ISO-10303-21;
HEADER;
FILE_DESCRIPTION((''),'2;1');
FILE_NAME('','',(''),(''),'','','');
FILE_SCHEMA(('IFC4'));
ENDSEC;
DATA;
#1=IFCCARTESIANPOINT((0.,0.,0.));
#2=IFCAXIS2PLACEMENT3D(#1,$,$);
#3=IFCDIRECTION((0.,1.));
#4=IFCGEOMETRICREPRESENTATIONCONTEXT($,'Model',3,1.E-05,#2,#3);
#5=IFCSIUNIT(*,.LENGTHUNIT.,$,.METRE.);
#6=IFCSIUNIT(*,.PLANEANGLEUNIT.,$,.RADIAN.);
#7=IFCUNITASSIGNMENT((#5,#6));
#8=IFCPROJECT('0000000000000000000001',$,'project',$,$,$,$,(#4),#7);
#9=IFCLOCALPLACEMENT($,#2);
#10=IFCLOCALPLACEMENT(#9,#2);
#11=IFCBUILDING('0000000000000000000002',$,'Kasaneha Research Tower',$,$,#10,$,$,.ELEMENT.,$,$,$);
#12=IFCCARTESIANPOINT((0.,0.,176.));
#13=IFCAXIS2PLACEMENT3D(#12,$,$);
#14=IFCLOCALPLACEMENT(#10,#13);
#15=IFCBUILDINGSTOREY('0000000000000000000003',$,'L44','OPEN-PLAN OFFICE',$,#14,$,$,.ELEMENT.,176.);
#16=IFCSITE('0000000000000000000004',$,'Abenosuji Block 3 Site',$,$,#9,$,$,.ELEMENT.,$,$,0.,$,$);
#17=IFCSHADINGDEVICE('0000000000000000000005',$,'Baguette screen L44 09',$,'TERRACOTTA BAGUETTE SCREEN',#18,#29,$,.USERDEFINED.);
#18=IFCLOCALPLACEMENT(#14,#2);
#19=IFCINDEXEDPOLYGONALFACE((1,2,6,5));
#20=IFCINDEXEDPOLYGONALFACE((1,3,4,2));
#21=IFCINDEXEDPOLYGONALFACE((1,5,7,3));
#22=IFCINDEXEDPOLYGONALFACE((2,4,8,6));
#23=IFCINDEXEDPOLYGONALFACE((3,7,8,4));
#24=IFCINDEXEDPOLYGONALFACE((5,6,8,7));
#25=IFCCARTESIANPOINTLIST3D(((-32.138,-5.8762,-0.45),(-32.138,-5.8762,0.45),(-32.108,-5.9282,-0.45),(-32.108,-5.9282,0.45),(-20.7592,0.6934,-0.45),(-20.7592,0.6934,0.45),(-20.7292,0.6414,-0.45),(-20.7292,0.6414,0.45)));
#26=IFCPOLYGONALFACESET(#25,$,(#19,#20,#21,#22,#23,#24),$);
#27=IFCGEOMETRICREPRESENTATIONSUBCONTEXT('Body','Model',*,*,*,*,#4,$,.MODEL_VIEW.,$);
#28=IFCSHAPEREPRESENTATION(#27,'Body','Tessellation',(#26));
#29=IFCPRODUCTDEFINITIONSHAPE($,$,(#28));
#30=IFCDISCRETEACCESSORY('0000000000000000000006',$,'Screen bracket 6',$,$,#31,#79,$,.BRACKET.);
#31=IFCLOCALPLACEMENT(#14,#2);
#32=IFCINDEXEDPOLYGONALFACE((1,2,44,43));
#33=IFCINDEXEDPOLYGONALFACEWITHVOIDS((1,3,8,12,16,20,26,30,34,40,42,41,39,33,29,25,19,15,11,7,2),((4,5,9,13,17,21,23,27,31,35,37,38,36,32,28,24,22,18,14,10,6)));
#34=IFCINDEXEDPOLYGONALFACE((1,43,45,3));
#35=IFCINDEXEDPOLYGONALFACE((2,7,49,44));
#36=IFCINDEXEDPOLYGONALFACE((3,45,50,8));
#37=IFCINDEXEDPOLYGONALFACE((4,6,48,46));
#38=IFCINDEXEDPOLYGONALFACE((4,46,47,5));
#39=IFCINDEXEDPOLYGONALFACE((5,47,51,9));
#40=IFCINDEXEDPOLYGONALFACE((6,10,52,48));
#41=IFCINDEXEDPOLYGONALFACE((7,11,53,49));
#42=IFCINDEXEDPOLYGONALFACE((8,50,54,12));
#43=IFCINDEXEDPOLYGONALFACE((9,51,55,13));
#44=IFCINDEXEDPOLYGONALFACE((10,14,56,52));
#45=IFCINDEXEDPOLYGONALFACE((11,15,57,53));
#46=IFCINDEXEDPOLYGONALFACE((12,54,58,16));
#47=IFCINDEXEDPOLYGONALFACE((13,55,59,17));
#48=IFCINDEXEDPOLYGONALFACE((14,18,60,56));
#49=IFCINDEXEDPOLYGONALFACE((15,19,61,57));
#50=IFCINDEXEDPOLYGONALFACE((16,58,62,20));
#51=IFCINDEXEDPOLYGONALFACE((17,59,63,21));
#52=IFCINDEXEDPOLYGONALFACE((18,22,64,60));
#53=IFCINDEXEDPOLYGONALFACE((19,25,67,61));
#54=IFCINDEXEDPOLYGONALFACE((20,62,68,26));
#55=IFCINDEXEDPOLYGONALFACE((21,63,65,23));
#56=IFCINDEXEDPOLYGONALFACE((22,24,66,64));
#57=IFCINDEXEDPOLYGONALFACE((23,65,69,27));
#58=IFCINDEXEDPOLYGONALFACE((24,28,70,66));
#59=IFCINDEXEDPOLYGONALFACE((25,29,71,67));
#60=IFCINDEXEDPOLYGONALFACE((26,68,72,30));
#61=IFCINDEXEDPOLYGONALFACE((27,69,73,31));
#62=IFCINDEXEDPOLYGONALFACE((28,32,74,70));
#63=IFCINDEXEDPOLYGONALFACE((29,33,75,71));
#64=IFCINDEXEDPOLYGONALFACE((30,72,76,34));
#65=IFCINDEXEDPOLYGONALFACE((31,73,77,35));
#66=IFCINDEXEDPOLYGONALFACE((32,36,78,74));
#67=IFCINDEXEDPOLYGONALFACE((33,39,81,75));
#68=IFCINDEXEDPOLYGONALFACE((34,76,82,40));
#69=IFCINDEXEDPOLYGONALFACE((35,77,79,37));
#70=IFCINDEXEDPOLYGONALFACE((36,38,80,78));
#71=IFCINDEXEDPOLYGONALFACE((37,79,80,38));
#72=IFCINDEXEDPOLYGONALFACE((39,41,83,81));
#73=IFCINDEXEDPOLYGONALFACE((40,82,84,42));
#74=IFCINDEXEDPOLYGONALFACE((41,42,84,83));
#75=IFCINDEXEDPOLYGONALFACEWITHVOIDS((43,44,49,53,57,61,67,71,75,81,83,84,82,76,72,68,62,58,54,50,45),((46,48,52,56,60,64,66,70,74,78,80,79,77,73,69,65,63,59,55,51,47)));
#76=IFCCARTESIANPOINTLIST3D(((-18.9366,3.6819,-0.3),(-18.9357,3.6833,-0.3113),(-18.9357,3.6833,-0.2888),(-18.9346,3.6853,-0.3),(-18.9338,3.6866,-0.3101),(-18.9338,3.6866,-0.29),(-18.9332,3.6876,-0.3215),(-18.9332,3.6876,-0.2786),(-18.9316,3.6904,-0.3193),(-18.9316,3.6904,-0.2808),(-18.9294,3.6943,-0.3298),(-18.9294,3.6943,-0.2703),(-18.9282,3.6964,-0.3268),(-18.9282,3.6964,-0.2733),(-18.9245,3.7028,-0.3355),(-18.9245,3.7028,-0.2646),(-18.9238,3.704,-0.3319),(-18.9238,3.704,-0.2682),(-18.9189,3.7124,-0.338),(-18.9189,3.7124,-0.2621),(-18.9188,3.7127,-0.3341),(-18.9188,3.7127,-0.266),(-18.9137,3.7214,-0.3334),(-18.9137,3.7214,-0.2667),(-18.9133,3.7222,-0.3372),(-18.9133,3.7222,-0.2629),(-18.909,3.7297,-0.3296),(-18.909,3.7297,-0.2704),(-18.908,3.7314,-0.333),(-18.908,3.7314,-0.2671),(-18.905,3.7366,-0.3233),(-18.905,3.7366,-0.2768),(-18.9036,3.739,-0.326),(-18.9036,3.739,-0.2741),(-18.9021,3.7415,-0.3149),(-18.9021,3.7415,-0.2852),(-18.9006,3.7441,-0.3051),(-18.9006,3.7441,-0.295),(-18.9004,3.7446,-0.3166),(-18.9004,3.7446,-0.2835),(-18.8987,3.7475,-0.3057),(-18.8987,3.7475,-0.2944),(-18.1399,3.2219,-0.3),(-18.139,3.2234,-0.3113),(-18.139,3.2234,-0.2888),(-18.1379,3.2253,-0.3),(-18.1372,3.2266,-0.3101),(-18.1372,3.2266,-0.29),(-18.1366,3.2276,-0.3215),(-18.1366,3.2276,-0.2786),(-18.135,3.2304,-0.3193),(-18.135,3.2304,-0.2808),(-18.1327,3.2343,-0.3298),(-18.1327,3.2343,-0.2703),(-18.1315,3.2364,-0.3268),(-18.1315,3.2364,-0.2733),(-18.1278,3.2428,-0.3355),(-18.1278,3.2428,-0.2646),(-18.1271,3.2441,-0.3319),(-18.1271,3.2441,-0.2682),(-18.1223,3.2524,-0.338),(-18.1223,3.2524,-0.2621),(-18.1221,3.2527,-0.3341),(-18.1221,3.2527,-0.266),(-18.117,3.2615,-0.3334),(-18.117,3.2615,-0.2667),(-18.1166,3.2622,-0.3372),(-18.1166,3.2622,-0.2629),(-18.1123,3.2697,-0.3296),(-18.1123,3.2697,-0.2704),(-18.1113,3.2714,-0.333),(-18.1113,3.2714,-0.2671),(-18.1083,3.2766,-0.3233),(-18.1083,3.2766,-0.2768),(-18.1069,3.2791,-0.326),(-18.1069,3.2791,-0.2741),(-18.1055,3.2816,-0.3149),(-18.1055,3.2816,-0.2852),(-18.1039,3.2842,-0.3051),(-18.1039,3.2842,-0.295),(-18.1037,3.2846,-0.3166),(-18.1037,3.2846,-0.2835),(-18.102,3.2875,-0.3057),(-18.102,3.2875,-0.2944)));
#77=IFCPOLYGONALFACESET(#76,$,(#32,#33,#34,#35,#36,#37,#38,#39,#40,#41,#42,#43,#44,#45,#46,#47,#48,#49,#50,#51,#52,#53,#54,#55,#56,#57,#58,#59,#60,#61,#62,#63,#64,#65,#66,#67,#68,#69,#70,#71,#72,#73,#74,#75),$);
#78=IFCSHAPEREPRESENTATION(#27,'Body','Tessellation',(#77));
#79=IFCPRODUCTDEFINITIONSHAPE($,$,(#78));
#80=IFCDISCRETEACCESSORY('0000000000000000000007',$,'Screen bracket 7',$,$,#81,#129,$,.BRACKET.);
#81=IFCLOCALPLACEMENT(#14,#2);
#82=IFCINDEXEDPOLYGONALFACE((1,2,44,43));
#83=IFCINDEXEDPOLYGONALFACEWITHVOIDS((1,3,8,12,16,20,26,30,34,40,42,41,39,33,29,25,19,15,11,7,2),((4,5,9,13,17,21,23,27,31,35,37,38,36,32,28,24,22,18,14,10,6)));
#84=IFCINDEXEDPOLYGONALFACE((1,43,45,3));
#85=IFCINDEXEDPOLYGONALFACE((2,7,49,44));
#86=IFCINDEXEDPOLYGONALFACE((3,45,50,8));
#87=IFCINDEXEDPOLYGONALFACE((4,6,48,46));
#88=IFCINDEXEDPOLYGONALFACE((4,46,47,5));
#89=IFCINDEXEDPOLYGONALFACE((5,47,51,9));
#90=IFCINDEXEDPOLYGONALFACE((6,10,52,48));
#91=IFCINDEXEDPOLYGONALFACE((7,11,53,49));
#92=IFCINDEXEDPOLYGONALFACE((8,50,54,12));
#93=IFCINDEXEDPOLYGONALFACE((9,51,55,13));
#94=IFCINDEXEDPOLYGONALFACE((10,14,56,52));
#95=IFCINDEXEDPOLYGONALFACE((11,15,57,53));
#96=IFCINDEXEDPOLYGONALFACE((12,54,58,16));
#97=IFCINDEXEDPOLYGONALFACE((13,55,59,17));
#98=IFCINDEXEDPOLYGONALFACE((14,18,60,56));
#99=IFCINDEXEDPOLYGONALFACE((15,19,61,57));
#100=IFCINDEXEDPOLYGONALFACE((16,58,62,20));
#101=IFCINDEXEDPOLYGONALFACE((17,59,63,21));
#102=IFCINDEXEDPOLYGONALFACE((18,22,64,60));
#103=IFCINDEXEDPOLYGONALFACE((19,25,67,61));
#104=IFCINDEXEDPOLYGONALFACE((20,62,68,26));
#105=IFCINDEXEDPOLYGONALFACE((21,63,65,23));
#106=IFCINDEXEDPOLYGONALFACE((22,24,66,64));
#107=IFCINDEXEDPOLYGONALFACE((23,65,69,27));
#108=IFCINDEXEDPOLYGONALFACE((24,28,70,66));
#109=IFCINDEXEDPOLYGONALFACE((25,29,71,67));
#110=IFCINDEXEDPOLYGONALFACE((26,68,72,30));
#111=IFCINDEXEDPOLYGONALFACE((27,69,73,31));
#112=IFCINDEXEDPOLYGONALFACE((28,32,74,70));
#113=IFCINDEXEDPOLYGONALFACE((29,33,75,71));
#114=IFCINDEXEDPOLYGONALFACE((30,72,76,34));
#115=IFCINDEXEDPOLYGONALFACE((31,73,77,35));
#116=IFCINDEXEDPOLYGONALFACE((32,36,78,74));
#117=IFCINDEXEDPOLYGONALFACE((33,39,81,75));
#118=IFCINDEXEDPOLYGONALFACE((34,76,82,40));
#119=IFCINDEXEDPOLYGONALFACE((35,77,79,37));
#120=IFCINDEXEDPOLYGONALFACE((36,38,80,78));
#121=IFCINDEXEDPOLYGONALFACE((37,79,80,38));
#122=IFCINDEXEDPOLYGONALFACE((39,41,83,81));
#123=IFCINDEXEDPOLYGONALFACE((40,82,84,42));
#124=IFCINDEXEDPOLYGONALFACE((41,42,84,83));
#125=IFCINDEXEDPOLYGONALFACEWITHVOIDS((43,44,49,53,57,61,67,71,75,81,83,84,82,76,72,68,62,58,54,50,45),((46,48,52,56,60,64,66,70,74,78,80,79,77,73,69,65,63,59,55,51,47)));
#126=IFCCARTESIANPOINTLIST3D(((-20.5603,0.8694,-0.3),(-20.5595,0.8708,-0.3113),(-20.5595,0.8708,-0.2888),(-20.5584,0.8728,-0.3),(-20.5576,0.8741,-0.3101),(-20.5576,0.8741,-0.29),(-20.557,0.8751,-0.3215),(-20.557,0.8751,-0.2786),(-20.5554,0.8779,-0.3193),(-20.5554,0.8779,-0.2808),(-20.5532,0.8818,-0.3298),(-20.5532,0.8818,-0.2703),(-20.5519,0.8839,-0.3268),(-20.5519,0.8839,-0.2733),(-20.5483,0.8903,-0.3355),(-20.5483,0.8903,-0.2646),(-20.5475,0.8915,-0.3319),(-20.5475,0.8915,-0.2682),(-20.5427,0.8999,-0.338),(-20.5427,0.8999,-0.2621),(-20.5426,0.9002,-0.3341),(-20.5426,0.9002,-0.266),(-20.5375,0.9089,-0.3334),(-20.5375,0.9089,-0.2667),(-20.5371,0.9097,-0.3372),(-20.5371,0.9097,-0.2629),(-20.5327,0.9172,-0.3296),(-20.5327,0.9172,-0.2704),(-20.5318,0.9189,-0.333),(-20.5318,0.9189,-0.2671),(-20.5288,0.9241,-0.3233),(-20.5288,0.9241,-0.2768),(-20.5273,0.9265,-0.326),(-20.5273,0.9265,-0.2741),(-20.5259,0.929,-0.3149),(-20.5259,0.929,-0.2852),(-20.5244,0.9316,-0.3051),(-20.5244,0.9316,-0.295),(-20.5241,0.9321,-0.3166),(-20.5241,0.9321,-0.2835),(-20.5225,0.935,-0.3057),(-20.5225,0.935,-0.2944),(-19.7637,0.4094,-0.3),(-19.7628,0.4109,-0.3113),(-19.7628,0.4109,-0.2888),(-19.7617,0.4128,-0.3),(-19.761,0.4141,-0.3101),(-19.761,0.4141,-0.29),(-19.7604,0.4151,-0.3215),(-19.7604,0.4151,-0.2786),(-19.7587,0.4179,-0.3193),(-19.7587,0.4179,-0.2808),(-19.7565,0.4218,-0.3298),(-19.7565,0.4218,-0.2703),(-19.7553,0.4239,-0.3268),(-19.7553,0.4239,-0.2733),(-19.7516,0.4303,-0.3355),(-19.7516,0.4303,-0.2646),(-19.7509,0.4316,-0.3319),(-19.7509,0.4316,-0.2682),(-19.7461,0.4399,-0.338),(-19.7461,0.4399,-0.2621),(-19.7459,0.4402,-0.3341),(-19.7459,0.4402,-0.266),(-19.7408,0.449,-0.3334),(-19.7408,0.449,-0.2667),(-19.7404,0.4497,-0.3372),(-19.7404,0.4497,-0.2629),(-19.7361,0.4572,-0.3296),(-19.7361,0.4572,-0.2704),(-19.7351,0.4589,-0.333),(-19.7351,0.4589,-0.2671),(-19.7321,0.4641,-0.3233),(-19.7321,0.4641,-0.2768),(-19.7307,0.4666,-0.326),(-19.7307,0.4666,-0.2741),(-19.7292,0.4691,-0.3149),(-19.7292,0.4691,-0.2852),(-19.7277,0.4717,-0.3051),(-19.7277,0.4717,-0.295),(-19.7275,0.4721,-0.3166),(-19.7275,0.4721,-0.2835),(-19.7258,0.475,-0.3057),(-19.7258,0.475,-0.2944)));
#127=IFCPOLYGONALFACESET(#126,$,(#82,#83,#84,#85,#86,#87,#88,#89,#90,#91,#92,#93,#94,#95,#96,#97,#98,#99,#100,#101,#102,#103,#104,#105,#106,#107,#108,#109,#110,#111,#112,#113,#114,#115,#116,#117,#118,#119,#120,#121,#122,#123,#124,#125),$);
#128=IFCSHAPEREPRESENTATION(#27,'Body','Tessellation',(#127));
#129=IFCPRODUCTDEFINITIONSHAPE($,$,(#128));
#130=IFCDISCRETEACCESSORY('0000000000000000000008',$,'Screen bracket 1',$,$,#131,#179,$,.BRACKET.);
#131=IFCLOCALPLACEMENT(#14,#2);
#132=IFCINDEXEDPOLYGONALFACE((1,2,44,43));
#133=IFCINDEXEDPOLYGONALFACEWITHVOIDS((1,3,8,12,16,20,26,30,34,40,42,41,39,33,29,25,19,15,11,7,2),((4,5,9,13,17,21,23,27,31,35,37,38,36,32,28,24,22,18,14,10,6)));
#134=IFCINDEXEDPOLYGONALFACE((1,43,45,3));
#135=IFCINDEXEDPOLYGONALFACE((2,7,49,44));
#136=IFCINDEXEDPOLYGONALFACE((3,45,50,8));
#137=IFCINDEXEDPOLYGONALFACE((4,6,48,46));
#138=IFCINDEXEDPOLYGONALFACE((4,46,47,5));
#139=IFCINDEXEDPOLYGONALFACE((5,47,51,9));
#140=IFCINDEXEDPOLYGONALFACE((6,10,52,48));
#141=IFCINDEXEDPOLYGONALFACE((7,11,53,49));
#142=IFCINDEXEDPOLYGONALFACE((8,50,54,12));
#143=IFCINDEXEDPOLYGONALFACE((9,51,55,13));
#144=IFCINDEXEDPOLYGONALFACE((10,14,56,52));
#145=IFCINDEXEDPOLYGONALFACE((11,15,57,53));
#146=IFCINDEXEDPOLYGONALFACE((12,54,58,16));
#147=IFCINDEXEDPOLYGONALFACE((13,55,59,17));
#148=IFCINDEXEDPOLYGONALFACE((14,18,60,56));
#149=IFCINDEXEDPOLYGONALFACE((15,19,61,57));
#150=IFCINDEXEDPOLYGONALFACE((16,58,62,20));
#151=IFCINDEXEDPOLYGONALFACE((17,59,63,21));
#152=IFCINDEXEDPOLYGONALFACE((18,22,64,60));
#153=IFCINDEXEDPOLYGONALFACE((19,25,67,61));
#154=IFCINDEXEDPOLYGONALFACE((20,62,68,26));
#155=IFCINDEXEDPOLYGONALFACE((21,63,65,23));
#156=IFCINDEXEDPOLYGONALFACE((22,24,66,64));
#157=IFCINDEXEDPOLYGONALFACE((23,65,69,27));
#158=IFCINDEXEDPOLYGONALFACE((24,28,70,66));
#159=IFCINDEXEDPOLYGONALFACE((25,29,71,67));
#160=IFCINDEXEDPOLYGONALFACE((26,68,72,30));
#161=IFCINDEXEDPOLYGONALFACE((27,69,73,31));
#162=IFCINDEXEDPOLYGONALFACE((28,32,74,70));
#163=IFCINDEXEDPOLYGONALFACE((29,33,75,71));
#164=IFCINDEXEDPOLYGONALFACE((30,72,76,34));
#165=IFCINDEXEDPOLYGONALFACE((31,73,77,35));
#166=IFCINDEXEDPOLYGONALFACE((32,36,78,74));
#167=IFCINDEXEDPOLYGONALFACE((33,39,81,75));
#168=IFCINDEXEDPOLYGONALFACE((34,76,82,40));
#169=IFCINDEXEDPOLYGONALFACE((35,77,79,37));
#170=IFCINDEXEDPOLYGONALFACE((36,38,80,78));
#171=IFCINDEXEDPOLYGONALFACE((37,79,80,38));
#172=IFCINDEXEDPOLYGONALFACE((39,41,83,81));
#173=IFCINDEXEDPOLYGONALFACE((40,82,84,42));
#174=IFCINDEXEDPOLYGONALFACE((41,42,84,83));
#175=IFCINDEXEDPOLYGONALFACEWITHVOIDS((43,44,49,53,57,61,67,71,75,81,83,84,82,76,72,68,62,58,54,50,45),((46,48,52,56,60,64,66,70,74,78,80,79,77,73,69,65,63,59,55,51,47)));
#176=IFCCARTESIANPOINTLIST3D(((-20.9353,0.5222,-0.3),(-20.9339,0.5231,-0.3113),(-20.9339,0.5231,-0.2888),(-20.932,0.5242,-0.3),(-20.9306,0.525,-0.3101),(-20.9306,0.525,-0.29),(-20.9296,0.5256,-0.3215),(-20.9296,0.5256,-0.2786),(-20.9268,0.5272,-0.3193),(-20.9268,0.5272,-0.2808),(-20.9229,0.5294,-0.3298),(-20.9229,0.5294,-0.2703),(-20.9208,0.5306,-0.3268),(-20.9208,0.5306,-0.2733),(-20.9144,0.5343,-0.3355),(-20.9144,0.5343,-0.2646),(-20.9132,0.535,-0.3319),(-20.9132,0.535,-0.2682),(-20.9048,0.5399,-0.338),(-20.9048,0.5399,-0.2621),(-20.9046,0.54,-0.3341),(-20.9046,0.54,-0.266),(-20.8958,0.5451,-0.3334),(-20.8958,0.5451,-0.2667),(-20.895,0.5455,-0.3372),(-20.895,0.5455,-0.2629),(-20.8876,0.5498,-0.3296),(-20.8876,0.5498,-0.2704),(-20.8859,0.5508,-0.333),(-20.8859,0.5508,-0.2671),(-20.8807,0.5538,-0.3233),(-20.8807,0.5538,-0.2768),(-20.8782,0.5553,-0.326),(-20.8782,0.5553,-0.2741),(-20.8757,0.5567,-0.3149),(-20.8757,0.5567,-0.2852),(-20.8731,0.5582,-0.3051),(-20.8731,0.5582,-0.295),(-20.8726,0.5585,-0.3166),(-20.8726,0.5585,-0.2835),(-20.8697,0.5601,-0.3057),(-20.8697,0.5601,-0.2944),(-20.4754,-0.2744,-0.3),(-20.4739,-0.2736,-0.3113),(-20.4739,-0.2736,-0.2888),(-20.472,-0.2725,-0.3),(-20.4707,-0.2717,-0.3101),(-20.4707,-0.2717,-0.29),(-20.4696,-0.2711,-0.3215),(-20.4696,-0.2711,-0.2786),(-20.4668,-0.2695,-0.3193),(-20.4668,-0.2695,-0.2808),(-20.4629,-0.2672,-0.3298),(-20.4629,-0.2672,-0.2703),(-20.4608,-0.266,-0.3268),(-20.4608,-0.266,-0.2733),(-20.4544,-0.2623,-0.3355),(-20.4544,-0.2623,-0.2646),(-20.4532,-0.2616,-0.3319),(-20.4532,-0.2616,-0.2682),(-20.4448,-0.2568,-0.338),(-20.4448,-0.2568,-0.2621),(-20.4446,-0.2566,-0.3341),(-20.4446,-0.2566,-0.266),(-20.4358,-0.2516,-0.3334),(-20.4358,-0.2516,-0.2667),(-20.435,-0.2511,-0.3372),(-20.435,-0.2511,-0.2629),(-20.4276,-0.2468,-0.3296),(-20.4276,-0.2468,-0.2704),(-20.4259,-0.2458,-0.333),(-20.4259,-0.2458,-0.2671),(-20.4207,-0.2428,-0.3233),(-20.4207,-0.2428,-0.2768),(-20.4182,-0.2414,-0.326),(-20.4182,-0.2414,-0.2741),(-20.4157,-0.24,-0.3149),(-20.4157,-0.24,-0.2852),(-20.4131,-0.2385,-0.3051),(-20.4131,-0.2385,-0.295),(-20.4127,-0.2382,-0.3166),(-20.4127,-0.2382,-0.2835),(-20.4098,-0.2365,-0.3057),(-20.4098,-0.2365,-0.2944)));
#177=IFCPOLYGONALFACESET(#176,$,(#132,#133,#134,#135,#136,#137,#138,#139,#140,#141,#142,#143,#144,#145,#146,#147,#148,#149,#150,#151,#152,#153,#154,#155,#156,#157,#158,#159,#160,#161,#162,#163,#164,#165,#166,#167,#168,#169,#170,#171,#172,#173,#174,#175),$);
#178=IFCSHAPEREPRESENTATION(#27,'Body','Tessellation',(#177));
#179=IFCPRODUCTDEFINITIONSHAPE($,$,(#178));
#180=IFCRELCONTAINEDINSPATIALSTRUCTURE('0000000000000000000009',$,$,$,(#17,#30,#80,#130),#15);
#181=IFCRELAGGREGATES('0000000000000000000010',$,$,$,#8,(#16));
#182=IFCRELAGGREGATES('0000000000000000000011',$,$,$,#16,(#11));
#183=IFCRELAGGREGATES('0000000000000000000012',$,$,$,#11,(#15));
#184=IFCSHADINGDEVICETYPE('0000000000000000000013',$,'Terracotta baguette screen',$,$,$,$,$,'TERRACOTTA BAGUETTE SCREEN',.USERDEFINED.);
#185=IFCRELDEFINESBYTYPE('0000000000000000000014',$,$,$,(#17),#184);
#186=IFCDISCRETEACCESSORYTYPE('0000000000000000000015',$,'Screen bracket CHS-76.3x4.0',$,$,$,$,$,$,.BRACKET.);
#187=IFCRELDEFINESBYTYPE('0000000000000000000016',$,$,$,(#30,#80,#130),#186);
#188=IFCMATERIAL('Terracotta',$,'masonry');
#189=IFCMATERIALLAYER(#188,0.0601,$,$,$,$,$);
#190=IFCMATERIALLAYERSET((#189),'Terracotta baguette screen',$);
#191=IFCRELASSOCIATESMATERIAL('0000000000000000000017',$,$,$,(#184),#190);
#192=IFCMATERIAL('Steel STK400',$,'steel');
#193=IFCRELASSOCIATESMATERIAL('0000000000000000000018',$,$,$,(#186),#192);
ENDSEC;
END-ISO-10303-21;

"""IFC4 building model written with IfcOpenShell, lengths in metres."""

from ifc_helpers import new_model, si_unit, direction, frame, origin, origin_2d, place, context, subcontext, project, spatial, rectangle, hollow_circle, extrude, material, layer, layer_set, material_profile, profile_set, type_object, element, save


model = new_model("IFC4")

# Units and contexts
model_context = context("Model", 3, precision=1e-05, world=origin(), true_north=direction((0.0, 1.0)))
body_context = subcontext(model_context, "Body", "Model", "MODEL_VIEW")
ifc_project = project(units=[si_unit("LENGTHUNIT", "METRE"), si_unit("PLANEANGLEUNIT", "RADIAN")], contexts=[model_context])

# Site, building, storey
site_placement = place(None, origin())
site = spatial("IfcSite", under=ifc_project, at=site_placement, Name="Abenosuji Block 3 Site", CompositionType="ELEMENT", RefElevation=0.0)
building_placement = place(site_placement, origin())
building = spatial("IfcBuilding", under=site, at=building_placement, Name="Kasaneha Research Tower", CompositionType="ELEMENT")
storey_placement = place(building_placement, frame((0.0, 0.0, 176.0)))
storey = spatial("IfcBuildingStorey", under=building, at=storey_placement, Name="L44", Description="OPEN-PLAN OFFICE", CompositionType="ELEMENT", Elevation=176.0)

# Shading device
ifc_material_1 = material(Name="Terracotta", Category="masonry")
ifc_layer_1 = layer(ifc_material_1, 0.0601)
ifc_layer_set_1 = layer_set([ifc_layer_1], Name="Terracotta baguette screen")
shading_device_type = type_object("IfcShadingDeviceType", Name="Terracotta baguette screen", ElementType="TERRACOTTA BAGUETTE SCREEN", PredefinedType="USERDEFINED", material=ifc_layer_set_1)
shading_device_placement = place(storey_placement, frame((-26.4336, -2.6174, -0.45), z_axis=(0.0, 0.0, 1.0), x_axis=(-0.866025, -0.5, 0.0)))
element("IfcShadingDevice", 1, at=shading_device_placement, inside=storey, type_object=shading_device_type, Name="Baguette screen L44 09", ObjectType="TERRACOTTA BAGUETTE SCREEN", PredefinedType="USERDEFINED", context=body_context, shape_type="SweptSolid", body=[
    extrude(rectangle(XDim=13.1392, YDim=0.0601, at=origin_2d()), origin(), (0.0, 0.0, 1.0), 0.8999),
])

# Discrete accessories
ifc_material_2 = material(Name="Steel STK400", Category="steel")
ifc_material_profile_1 = material_profile(ifc_material_2, hollow_circle(Radius=0.0381, WallThickness=0.0039, at=origin_2d()), Name="CHS-76.3x4.0")
ifc_profile_set_1 = profile_set([ifc_material_profile_1], Name="Steel STK400")
discrete_accessory_type = type_object("IfcDiscreteAccessoryType", Name="Screen bracket CHS-76.3x4.0", PredefinedType="BRACKET", material=ifc_profile_set_1)
for number, where, z_axis, x_axis, name in (
    (2, (-18.1208, 3.2549, -0.3), (-0.866013, 0.500021, 0.0), (-0.500021, -0.866013, 0.0), "Screen bracket 6"),
    (3, (-19.7446, 0.4424, -0.3), (-0.866013, 0.500021, 0.0), (-0.500021, -0.866013, 0.0), "Screen bracket 7"),
    (4, (-20.4424, -0.2554, -0.3), (-0.500021, 0.866013, 0.0), (-0.866013, -0.500021, 0.0), "Screen bracket 1"),
):
    element("IfcDiscreteAccessory", number, at=place(storey_placement, frame(where, z_axis=z_axis, x_axis=x_axis)), inside=storey, type_object=discrete_accessory_type, Name=name, PredefinedType="BRACKET", context=body_context, shape_type="SweptSolid", body=[
        extrude(hollow_circle(Radius=0.0381, WallThickness=0.0039, at=origin_2d()), origin(), (0.0, 0.0, 1.0), 0.9199),
    ])

save(model, "model.ifc")
